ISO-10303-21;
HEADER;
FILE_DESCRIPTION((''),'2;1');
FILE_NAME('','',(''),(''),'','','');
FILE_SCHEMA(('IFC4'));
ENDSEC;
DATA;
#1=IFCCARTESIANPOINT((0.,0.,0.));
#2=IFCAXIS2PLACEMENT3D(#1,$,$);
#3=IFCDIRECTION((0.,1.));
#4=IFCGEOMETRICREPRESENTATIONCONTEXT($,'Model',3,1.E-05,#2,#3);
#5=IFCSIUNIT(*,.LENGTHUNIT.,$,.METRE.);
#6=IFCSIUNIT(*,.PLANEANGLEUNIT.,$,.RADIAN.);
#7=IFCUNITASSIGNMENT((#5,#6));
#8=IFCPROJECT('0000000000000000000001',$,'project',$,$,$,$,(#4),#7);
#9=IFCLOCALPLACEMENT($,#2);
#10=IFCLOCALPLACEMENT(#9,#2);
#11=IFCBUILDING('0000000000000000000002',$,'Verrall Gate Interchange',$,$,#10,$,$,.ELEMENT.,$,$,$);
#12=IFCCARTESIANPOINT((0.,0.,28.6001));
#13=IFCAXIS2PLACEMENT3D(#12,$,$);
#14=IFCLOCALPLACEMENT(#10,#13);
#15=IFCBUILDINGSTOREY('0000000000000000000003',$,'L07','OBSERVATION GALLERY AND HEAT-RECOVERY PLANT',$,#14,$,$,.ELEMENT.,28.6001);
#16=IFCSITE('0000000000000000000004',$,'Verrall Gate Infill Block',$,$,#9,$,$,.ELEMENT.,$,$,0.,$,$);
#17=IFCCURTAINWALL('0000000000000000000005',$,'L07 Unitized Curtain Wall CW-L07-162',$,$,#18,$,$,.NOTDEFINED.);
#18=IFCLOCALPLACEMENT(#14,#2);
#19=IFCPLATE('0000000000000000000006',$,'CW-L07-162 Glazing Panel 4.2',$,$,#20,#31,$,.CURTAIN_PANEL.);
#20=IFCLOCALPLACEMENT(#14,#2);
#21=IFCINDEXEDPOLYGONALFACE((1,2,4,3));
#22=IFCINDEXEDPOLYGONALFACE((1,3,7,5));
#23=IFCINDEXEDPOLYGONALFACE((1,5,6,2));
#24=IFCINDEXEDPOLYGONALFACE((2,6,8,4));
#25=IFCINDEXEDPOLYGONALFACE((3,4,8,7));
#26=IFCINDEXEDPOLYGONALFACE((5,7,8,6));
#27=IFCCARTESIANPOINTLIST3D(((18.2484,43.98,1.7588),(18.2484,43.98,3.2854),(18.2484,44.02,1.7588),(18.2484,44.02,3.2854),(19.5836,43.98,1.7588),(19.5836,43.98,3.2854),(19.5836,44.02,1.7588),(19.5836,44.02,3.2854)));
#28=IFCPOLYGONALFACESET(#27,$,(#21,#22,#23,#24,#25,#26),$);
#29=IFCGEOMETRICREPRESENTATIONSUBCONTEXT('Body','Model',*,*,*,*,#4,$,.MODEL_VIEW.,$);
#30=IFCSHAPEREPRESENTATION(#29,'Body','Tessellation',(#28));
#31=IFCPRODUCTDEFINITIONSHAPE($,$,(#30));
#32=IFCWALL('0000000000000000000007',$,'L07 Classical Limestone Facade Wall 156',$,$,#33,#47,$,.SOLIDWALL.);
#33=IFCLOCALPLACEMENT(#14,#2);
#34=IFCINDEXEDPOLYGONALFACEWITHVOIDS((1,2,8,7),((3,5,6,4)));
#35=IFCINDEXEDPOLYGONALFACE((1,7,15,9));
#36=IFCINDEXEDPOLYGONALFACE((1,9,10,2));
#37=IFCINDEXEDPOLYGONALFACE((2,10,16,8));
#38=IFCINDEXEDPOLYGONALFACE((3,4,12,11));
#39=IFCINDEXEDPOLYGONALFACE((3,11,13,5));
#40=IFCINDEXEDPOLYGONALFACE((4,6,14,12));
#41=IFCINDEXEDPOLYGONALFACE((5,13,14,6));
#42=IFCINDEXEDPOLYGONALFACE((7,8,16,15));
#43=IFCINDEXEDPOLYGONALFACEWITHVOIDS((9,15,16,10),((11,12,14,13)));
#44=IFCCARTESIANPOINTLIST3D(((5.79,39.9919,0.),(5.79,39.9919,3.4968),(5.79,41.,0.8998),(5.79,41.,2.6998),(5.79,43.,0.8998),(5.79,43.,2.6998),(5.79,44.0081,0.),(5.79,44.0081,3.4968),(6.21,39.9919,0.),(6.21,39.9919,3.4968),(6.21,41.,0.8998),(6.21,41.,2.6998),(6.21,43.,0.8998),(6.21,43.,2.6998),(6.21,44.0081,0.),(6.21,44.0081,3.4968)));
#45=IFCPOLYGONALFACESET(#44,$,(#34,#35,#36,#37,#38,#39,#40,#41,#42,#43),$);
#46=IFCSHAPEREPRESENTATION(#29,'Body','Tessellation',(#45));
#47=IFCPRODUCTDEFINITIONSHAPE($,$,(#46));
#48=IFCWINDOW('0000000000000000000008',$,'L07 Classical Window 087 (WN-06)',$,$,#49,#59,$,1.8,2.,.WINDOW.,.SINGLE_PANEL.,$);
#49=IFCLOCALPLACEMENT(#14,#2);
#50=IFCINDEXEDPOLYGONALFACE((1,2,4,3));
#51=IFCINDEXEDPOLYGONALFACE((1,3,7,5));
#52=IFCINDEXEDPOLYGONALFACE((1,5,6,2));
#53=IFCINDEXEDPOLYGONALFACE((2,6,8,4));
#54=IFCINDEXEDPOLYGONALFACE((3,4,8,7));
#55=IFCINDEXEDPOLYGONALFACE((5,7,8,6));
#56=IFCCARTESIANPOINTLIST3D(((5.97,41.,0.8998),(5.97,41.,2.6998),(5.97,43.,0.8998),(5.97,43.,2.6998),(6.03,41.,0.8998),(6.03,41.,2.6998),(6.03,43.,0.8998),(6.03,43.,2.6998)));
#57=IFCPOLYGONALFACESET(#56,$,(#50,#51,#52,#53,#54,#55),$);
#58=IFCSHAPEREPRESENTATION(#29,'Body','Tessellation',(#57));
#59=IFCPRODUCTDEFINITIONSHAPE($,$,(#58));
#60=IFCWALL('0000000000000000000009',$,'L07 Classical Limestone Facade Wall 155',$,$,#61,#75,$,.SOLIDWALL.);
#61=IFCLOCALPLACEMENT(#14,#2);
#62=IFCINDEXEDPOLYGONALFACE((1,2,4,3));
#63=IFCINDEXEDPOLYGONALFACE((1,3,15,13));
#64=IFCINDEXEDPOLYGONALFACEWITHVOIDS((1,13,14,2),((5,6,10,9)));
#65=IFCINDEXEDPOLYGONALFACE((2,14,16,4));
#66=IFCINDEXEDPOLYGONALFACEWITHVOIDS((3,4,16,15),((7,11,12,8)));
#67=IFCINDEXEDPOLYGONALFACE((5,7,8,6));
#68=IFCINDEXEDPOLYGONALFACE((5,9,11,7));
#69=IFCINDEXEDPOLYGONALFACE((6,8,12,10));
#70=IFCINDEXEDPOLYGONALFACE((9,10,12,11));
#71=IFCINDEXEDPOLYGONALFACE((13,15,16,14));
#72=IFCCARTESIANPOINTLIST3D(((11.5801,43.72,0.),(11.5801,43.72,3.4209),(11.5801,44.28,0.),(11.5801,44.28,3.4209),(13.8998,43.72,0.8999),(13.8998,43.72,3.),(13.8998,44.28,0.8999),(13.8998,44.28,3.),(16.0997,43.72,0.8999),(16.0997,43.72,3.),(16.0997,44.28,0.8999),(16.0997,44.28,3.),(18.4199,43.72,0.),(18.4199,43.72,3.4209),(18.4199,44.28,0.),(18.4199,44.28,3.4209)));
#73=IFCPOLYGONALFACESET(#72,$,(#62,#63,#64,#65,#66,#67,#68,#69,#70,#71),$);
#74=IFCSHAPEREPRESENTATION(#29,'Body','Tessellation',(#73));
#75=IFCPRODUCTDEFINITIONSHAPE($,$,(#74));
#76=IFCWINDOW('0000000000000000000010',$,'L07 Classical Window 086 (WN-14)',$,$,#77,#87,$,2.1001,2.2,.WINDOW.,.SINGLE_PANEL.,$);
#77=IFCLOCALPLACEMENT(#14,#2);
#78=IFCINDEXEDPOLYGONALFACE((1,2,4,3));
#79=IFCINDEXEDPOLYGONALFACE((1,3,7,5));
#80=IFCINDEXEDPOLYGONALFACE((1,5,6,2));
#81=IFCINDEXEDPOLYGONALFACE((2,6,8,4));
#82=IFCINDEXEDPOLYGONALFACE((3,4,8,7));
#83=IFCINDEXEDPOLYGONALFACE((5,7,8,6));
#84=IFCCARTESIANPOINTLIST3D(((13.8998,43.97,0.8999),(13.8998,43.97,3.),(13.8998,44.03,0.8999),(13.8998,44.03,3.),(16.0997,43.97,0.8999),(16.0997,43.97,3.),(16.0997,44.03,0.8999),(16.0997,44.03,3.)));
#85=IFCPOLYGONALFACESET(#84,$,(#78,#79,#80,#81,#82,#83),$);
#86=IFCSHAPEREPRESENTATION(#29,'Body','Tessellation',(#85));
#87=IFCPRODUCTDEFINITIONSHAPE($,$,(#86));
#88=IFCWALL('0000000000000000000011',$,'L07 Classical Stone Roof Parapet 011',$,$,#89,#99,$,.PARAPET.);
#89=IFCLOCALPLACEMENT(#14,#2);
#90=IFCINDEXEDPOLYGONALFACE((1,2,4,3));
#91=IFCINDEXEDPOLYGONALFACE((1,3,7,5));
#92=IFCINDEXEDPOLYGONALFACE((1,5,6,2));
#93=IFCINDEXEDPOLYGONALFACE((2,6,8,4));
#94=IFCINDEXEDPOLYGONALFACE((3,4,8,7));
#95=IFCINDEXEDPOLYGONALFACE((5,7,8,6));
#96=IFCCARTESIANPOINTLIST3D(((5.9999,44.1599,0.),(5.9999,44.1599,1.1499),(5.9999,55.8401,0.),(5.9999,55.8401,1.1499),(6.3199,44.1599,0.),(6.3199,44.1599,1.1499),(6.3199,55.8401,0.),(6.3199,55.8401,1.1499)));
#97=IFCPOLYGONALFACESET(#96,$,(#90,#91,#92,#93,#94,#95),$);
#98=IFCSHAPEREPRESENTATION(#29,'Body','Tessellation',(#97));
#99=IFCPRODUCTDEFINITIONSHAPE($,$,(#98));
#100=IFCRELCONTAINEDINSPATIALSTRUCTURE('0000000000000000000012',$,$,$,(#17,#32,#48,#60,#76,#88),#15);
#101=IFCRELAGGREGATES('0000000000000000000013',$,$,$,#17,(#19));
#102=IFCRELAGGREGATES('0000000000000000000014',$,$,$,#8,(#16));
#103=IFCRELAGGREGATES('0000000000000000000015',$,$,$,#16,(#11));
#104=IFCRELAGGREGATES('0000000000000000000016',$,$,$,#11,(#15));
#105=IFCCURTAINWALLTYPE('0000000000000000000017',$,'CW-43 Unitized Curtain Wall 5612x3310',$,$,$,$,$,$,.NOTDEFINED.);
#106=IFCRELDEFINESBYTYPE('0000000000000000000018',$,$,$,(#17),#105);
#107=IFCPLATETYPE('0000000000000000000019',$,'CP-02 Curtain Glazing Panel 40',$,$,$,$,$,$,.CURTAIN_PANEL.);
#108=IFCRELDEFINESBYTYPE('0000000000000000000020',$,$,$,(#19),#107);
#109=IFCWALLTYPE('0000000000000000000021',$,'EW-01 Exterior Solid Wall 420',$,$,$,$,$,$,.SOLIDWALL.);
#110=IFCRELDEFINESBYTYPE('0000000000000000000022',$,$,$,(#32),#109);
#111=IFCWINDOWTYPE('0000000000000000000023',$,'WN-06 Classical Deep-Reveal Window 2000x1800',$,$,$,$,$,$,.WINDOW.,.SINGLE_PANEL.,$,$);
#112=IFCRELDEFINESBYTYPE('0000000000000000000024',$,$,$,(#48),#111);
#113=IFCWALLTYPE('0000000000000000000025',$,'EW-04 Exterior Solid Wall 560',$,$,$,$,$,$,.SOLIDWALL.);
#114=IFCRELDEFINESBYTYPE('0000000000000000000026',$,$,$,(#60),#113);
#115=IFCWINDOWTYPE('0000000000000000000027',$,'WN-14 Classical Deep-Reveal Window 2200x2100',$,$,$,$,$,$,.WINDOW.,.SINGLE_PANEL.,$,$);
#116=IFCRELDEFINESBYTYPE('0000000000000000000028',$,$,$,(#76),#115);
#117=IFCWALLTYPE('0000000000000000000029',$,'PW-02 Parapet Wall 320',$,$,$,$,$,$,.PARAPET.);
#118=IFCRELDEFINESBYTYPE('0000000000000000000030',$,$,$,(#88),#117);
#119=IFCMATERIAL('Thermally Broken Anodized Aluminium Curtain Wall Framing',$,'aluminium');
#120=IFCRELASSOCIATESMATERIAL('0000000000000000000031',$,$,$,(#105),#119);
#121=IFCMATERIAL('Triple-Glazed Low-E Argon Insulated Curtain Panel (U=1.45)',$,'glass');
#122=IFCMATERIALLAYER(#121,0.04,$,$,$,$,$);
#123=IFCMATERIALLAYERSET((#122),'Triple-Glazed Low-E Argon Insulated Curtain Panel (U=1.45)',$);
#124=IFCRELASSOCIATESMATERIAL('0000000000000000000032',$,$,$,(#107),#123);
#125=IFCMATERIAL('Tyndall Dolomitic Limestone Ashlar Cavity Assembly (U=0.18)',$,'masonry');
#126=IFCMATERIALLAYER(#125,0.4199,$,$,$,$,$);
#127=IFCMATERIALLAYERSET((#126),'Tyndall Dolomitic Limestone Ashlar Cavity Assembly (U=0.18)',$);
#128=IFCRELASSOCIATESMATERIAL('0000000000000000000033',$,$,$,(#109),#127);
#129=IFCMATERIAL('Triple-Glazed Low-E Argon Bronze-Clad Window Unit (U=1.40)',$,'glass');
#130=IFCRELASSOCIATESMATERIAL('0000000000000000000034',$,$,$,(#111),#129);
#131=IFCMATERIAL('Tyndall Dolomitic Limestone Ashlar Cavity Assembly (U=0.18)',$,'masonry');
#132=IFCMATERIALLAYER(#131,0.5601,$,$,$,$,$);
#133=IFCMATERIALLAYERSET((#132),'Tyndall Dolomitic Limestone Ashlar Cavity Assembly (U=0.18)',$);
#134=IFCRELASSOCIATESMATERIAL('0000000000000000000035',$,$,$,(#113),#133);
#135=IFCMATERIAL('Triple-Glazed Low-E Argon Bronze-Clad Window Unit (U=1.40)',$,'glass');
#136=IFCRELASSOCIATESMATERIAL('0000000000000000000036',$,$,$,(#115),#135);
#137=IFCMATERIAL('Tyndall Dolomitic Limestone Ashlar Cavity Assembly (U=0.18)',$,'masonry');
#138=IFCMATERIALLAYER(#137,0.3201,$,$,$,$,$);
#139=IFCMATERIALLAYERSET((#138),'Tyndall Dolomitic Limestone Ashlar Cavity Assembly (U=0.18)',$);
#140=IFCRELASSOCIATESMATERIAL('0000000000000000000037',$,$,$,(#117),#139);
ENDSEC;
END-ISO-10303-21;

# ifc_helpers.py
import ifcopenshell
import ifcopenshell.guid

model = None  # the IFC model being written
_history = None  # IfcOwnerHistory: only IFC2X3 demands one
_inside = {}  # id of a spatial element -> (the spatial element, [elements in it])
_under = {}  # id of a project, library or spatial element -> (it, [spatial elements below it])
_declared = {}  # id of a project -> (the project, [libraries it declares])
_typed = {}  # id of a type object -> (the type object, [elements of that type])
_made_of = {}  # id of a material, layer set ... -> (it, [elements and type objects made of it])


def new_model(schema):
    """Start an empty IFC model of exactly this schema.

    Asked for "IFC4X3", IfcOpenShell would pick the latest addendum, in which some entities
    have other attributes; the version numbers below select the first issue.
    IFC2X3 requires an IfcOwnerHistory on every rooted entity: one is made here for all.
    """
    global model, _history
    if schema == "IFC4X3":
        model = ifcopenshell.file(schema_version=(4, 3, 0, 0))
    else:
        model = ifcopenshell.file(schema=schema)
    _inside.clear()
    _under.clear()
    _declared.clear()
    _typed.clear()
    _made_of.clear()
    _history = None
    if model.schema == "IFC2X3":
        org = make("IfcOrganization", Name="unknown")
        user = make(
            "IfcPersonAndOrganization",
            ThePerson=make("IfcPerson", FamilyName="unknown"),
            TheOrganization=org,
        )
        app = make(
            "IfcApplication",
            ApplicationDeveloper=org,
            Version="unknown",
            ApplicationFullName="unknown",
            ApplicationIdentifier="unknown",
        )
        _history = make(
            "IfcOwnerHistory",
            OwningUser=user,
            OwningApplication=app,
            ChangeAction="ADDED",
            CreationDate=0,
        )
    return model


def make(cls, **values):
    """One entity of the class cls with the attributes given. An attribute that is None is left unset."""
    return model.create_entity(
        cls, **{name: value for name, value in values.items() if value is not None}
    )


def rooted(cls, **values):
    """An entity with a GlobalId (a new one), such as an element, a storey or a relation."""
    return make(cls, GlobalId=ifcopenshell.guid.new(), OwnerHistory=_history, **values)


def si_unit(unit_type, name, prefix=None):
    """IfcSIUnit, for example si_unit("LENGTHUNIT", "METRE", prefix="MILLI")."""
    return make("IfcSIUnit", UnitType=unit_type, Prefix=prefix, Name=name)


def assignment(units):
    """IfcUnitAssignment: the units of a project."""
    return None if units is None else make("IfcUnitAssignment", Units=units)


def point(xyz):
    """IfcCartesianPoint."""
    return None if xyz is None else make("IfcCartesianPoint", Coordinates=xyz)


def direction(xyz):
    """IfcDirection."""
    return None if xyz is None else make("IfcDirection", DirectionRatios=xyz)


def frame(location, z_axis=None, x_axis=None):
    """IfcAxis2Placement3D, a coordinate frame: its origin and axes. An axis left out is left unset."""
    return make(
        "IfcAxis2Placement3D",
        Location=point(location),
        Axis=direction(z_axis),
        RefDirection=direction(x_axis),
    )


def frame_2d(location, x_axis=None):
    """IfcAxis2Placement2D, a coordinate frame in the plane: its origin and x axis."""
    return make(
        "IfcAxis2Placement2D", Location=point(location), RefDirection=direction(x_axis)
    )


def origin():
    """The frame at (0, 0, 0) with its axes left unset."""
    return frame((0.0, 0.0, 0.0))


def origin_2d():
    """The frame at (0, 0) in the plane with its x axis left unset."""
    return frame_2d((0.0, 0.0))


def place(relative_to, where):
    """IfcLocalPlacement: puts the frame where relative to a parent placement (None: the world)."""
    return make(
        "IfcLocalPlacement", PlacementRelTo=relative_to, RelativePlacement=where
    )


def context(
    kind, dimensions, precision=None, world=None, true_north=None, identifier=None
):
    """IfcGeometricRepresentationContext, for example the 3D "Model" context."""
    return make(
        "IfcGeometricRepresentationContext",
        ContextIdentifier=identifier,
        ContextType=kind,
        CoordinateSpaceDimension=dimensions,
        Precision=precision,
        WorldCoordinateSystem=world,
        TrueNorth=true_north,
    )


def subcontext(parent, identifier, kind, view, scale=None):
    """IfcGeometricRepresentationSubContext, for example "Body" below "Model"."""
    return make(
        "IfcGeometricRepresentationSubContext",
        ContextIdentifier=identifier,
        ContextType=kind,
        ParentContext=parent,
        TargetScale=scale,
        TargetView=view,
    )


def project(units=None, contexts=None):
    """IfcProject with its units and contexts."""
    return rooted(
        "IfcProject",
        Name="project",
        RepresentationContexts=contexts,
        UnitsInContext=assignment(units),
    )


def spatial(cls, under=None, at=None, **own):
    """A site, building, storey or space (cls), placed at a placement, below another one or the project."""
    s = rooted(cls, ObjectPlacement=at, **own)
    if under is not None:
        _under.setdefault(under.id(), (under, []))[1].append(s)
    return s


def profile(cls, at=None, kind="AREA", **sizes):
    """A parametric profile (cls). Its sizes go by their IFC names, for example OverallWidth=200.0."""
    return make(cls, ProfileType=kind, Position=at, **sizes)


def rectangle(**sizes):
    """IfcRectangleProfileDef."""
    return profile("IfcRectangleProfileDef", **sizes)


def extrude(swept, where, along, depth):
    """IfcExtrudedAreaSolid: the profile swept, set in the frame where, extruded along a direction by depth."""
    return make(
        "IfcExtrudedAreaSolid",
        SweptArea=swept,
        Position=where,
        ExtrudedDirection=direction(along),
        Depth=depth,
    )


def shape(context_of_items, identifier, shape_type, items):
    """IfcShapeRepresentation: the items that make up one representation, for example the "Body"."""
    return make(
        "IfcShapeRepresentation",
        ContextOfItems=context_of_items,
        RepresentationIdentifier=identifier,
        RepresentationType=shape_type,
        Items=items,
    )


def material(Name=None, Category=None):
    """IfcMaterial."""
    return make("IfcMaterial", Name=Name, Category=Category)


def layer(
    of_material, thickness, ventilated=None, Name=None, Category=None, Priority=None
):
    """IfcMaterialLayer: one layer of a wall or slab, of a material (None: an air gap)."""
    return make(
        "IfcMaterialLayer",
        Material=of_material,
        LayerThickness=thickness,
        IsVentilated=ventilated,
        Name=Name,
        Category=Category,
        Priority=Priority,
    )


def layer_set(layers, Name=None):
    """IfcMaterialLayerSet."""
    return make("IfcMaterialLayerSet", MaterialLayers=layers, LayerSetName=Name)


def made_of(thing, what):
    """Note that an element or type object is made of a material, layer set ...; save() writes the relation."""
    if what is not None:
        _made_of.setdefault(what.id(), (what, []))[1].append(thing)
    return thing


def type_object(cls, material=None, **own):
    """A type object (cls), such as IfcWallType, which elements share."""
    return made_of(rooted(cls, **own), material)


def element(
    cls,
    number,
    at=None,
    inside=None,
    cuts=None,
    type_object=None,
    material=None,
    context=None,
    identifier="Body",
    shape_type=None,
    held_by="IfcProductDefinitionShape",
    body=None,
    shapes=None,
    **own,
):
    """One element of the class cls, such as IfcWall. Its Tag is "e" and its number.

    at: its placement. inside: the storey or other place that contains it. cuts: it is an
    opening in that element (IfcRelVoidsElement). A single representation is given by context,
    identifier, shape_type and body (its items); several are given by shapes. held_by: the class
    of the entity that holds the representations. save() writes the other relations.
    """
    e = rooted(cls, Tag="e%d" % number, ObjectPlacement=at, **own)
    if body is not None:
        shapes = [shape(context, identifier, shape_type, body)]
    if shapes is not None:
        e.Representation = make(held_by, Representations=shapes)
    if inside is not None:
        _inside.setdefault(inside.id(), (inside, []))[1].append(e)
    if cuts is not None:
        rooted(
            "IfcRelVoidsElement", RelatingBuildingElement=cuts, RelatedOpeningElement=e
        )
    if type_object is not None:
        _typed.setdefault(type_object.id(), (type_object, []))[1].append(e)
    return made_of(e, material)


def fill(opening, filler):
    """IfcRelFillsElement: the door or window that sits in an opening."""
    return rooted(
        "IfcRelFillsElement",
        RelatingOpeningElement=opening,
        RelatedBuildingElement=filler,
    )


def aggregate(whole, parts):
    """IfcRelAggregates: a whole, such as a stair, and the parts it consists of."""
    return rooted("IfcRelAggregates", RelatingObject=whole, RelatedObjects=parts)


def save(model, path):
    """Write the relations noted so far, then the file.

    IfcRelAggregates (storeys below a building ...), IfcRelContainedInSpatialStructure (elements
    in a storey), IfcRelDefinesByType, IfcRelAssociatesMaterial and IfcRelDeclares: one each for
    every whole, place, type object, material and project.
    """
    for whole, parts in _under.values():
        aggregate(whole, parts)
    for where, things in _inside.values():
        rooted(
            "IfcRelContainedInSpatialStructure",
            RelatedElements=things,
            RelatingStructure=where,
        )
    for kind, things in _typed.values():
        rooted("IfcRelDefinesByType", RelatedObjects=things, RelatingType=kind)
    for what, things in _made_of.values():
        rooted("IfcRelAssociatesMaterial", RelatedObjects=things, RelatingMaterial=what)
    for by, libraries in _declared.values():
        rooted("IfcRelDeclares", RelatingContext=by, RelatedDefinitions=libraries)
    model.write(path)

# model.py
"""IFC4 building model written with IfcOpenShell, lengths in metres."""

from ifc_helpers import new_model, si_unit, direction, frame, frame_2d, origin, origin_2d, place, context, subcontext, project, spatial, rectangle, extrude, material, layer, layer_set, type_object, element, fill, aggregate, save


model = new_model("IFC4")

# Units and contexts
model_context = context("Model", 3, precision=1e-05, world=origin(), true_north=direction((0.0, 1.0)))
body_context = subcontext(model_context, "Body", "Model", "MODEL_VIEW")
ifc_project = project(units=[si_unit("LENGTHUNIT", "METRE"), si_unit("PLANEANGLEUNIT", "RADIAN")], contexts=[model_context])

# Site, building, storey
site_placement = place(None, origin())
site = spatial("IfcSite", under=ifc_project, at=site_placement, Name="Verrall Gate Infill Block", CompositionType="ELEMENT", RefElevation=0.0)
building_placement = place(site_placement, origin())
building = spatial("IfcBuilding", under=site, at=building_placement, Name="Verrall Gate Interchange", CompositionType="ELEMENT")
storey_placement = place(building_placement, frame((0.0, 0.0, 28.6001)))
storey = spatial("IfcBuildingStorey", under=building, at=storey_placement, Name="L07", Description="OBSERVATION GALLERY AND HEAT-RECOVERY PLANT", CompositionType="ELEMENT", Elevation=28.6001)

# Curtain wall
ifc_material_1 = material(Name="Thermally Broken Anodized Aluminium Curtain Wall Framing", Category="aluminium")
curtain_wall_type = type_object("IfcCurtainWallType", Name="CW-43 Unitized Curtain Wall 5612x3310", PredefinedType="NOTDEFINED", material=ifc_material_1)
curtain_wall_placement = place(storey_placement, origin())
curtain_wall = element("IfcCurtainWall", 1, at=curtain_wall_placement, inside=storey, type_object=curtain_wall_type, Name="L07 Unitized Curtain Wall CW-L07-162", PredefinedType="NOTDEFINED")

# Plate
ifc_material_2 = material(Name="Triple-Glazed Low-E Argon Insulated Curtain Panel (U=1.45)", Category="glass")
ifc_layer_1 = layer(ifc_material_2, 0.04)
ifc_layer_set_1 = layer_set([ifc_layer_1], Name="Triple-Glazed Low-E Argon Insulated Curtain Panel (U=1.45)")
plate_type_1 = type_object("IfcPlateType", Name="CP-02 Curtain Glazing Panel 40", PredefinedType="CURTAIN_PANEL", material=ifc_layer_set_1)
plate_1_placement = place(storey_placement, frame((18.916, 44.0, 1.7588), z_axis=(0.0, 0.0, 1.0), x_axis=(-1.0, 0.0, 0.0)))
plate_1 = element("IfcPlate", 2, at=plate_1_placement, type_object=plate_type_1, Name="CW-L07-162 Glazing Panel 4.2", PredefinedType="CURTAIN_PANEL", context=body_context, shape_type="SweptSolid", body=[
    extrude(rectangle(XDim=1.3352, YDim=0.04, at=origin_2d()), origin(), (0.0, 0.0, 1.0), 1.5266),
])
aggregate(curtain_wall, [plate_1])

# Walls, openings, windows
ifc_material_3 = material(Name="Tyndall Dolomitic Limestone Ashlar Cavity Assembly (U=0.18)", Category="masonry")
ifc_layer_2 = layer(ifc_material_3, 0.4199)
ifc_layer_set_2 = layer_set([ifc_layer_2], Name="Tyndall Dolomitic Limestone Ashlar Cavity Assembly (U=0.18)")
wall_type_1 = type_object("IfcWallType", Name="EW-01 Exterior Solid Wall 420", PredefinedType="SOLIDWALL", material=ifc_layer_set_2)
wall_1_placement = place(storey_placement, frame((6.0, 44.0081, 0.0), z_axis=(0.0, 0.0, 1.0), x_axis=(0.0, -1.0, 0.0)))
wall_1 = element("IfcWall", 3, at=wall_1_placement, inside=storey, type_object=wall_type_1, Name="L07 Classical Limestone Facade Wall 156", PredefinedType="SOLIDWALL", context=body_context, shape_type="SweptSolid", body=[
    extrude(rectangle(XDim=4.0161, YDim=0.4199, at=frame_2d((2.0081, 0.0))), origin(), (0.0, 0.0, 1.0), 3.4968),
])
opening_1_placement = place(wall_1_placement, frame((1.0081, 0.0, 0.8999)))
opening_1 = element("IfcOpeningElement", 4, at=opening_1_placement, cuts=wall_1, PredefinedType="OPENING", context=body_context, shape_type="SweptSolid", body=[
    extrude(rectangle(XDim=2.0, YDim=1.8, at=frame_2d((1.0, 0.8999))), frame((0.0, 0.2249, 0.0), z_axis=(0.0, -1.0, 0.0), x_axis=(1.0, 0.0, 0.0)), (0.0, 0.0, 1.0), 0.4497),
])
ifc_material_4 = material(Name="Triple-Glazed Low-E Argon Bronze-Clad Window Unit (U=1.40)", Category="glass")
window_type_1 = type_object("IfcWindowType", Name="WN-06 Classical Deep-Reveal Window 2000x1800", PartitioningType="SINGLE_PANEL", PredefinedType="WINDOW", material=ifc_material_4)
window_1_placement = place(opening_1_placement, origin())
window_1 = element("IfcWindow", 5, at=window_1_placement, inside=storey, type_object=window_type_1, Name="L07 Classical Window 087 (WN-06)", OverallHeight=1.8, OverallWidth=2.0, PartitioningType="SINGLE_PANEL", PredefinedType="WINDOW", context=body_context, shape_type="SweptSolid", body=[
    extrude(rectangle(XDim=2.0, YDim=1.8, at=frame_2d((1.0, 0.8999))), frame((0.0, 0.03, 0.0), z_axis=(0.0, -1.0, 0.0), x_axis=(1.0, 0.0, 0.0)), (0.0, 0.0, 1.0), 0.0601),
])
fill(opening_1, window_1)
ifc_material_5 = material(Name="Tyndall Dolomitic Limestone Ashlar Cavity Assembly (U=0.18)", Category="masonry")
ifc_layer_3 = layer(ifc_material_5, 0.5601)
ifc_layer_set_3 = layer_set([ifc_layer_3], Name="Tyndall Dolomitic Limestone Ashlar Cavity Assembly (U=0.18)")
wall_type_2 = type_object("IfcWallType", Name="EW-04 Exterior Solid Wall 560", PredefinedType="SOLIDWALL", material=ifc_layer_set_3)
wall_2_placement = place(storey_placement, frame((18.4199, 44.0, 0.0), z_axis=(0.0, 0.0, 1.0), x_axis=(-1.0, 0.0, 0.0)))
wall_2 = element("IfcWall", 6, at=wall_2_placement, inside=storey, type_object=wall_type_2, Name="L07 Classical Limestone Facade Wall 155", PredefinedType="SOLIDWALL", context=body_context, shape_type="SweptSolid", body=[
    extrude(rectangle(XDim=6.8398, YDim=0.5601, at=frame_2d((3.4199, 0.0))), origin(), (0.0, 0.0, 1.0), 3.4209),
])
opening_2_placement = place(wall_2_placement, frame((2.3201, 0.0, 0.8999)))
opening_2 = element("IfcOpeningElement", 7, at=opening_2_placement, cuts=wall_2, PredefinedType="OPENING", context=body_context, shape_type="SweptSolid", body=[
    extrude(rectangle(XDim=2.2, YDim=2.1001, at=frame_2d((1.1001, 1.05))), frame((0.0, 0.2949, 0.0), z_axis=(0.0, -1.0, 0.0), x_axis=(1.0, 0.0, 0.0)), (0.0, 0.0, 1.0), 0.5898),
])
ifc_material_6 = material(Name="Triple-Glazed Low-E Argon Bronze-Clad Window Unit (U=1.40)", Category="glass")
window_type_2 = type_object("IfcWindowType", Name="WN-14 Classical Deep-Reveal Window 2200x2100", PartitioningType="SINGLE_PANEL", PredefinedType="WINDOW", material=ifc_material_6)
window_2_placement = place(opening_2_placement, origin())
window_2 = element("IfcWindow", 8, at=window_2_placement, inside=storey, type_object=window_type_2, Name="L07 Classical Window 086 (WN-14)", OverallHeight=2.1001, OverallWidth=2.2, PartitioningType="SINGLE_PANEL", PredefinedType="WINDOW", context=body_context, shape_type="SweptSolid", body=[
    extrude(rectangle(XDim=2.2, YDim=2.1001, at=frame_2d((1.1001, 1.05))), frame((0.0, 0.03, 0.0), z_axis=(0.0, -1.0, 0.0), x_axis=(1.0, 0.0, 0.0)), (0.0, 0.0, 1.0), 0.0601),
])
fill(opening_2, window_2)

# Wall
ifc_material_7 = material(Name="Tyndall Dolomitic Limestone Ashlar Cavity Assembly (U=0.18)", Category="masonry")
ifc_layer_4 = layer(ifc_material_7, 0.3201)
ifc_layer_set_4 = layer_set([ifc_layer_4], Name="Tyndall Dolomitic Limestone Ashlar Cavity Assembly (U=0.18)")
wall_type_3 = type_object("IfcWallType", Name="PW-02 Parapet Wall 320", PredefinedType="PARAPET", material=ifc_layer_set_4)
wall_3_placement = place(storey_placement, frame((6.1599, 44.1599, 0.0), z_axis=(0.0, 0.0, 1.0), x_axis=(0.0, 1.0, 0.0)))
element("IfcWall", 9, at=wall_3_placement, inside=storey, type_object=wall_type_3, Name="L07 Classical Stone Roof Parapet 011", PredefinedType="PARAPET", context=body_context, shape_type="SweptSolid", body=[
    extrude(rectangle(XDim=11.6802, YDim=0.3201, at=frame_2d((5.8401, 0.0))), origin(), (0.0, 0.0, 1.0), 1.1499),
])

save(model, "model.ifc")
